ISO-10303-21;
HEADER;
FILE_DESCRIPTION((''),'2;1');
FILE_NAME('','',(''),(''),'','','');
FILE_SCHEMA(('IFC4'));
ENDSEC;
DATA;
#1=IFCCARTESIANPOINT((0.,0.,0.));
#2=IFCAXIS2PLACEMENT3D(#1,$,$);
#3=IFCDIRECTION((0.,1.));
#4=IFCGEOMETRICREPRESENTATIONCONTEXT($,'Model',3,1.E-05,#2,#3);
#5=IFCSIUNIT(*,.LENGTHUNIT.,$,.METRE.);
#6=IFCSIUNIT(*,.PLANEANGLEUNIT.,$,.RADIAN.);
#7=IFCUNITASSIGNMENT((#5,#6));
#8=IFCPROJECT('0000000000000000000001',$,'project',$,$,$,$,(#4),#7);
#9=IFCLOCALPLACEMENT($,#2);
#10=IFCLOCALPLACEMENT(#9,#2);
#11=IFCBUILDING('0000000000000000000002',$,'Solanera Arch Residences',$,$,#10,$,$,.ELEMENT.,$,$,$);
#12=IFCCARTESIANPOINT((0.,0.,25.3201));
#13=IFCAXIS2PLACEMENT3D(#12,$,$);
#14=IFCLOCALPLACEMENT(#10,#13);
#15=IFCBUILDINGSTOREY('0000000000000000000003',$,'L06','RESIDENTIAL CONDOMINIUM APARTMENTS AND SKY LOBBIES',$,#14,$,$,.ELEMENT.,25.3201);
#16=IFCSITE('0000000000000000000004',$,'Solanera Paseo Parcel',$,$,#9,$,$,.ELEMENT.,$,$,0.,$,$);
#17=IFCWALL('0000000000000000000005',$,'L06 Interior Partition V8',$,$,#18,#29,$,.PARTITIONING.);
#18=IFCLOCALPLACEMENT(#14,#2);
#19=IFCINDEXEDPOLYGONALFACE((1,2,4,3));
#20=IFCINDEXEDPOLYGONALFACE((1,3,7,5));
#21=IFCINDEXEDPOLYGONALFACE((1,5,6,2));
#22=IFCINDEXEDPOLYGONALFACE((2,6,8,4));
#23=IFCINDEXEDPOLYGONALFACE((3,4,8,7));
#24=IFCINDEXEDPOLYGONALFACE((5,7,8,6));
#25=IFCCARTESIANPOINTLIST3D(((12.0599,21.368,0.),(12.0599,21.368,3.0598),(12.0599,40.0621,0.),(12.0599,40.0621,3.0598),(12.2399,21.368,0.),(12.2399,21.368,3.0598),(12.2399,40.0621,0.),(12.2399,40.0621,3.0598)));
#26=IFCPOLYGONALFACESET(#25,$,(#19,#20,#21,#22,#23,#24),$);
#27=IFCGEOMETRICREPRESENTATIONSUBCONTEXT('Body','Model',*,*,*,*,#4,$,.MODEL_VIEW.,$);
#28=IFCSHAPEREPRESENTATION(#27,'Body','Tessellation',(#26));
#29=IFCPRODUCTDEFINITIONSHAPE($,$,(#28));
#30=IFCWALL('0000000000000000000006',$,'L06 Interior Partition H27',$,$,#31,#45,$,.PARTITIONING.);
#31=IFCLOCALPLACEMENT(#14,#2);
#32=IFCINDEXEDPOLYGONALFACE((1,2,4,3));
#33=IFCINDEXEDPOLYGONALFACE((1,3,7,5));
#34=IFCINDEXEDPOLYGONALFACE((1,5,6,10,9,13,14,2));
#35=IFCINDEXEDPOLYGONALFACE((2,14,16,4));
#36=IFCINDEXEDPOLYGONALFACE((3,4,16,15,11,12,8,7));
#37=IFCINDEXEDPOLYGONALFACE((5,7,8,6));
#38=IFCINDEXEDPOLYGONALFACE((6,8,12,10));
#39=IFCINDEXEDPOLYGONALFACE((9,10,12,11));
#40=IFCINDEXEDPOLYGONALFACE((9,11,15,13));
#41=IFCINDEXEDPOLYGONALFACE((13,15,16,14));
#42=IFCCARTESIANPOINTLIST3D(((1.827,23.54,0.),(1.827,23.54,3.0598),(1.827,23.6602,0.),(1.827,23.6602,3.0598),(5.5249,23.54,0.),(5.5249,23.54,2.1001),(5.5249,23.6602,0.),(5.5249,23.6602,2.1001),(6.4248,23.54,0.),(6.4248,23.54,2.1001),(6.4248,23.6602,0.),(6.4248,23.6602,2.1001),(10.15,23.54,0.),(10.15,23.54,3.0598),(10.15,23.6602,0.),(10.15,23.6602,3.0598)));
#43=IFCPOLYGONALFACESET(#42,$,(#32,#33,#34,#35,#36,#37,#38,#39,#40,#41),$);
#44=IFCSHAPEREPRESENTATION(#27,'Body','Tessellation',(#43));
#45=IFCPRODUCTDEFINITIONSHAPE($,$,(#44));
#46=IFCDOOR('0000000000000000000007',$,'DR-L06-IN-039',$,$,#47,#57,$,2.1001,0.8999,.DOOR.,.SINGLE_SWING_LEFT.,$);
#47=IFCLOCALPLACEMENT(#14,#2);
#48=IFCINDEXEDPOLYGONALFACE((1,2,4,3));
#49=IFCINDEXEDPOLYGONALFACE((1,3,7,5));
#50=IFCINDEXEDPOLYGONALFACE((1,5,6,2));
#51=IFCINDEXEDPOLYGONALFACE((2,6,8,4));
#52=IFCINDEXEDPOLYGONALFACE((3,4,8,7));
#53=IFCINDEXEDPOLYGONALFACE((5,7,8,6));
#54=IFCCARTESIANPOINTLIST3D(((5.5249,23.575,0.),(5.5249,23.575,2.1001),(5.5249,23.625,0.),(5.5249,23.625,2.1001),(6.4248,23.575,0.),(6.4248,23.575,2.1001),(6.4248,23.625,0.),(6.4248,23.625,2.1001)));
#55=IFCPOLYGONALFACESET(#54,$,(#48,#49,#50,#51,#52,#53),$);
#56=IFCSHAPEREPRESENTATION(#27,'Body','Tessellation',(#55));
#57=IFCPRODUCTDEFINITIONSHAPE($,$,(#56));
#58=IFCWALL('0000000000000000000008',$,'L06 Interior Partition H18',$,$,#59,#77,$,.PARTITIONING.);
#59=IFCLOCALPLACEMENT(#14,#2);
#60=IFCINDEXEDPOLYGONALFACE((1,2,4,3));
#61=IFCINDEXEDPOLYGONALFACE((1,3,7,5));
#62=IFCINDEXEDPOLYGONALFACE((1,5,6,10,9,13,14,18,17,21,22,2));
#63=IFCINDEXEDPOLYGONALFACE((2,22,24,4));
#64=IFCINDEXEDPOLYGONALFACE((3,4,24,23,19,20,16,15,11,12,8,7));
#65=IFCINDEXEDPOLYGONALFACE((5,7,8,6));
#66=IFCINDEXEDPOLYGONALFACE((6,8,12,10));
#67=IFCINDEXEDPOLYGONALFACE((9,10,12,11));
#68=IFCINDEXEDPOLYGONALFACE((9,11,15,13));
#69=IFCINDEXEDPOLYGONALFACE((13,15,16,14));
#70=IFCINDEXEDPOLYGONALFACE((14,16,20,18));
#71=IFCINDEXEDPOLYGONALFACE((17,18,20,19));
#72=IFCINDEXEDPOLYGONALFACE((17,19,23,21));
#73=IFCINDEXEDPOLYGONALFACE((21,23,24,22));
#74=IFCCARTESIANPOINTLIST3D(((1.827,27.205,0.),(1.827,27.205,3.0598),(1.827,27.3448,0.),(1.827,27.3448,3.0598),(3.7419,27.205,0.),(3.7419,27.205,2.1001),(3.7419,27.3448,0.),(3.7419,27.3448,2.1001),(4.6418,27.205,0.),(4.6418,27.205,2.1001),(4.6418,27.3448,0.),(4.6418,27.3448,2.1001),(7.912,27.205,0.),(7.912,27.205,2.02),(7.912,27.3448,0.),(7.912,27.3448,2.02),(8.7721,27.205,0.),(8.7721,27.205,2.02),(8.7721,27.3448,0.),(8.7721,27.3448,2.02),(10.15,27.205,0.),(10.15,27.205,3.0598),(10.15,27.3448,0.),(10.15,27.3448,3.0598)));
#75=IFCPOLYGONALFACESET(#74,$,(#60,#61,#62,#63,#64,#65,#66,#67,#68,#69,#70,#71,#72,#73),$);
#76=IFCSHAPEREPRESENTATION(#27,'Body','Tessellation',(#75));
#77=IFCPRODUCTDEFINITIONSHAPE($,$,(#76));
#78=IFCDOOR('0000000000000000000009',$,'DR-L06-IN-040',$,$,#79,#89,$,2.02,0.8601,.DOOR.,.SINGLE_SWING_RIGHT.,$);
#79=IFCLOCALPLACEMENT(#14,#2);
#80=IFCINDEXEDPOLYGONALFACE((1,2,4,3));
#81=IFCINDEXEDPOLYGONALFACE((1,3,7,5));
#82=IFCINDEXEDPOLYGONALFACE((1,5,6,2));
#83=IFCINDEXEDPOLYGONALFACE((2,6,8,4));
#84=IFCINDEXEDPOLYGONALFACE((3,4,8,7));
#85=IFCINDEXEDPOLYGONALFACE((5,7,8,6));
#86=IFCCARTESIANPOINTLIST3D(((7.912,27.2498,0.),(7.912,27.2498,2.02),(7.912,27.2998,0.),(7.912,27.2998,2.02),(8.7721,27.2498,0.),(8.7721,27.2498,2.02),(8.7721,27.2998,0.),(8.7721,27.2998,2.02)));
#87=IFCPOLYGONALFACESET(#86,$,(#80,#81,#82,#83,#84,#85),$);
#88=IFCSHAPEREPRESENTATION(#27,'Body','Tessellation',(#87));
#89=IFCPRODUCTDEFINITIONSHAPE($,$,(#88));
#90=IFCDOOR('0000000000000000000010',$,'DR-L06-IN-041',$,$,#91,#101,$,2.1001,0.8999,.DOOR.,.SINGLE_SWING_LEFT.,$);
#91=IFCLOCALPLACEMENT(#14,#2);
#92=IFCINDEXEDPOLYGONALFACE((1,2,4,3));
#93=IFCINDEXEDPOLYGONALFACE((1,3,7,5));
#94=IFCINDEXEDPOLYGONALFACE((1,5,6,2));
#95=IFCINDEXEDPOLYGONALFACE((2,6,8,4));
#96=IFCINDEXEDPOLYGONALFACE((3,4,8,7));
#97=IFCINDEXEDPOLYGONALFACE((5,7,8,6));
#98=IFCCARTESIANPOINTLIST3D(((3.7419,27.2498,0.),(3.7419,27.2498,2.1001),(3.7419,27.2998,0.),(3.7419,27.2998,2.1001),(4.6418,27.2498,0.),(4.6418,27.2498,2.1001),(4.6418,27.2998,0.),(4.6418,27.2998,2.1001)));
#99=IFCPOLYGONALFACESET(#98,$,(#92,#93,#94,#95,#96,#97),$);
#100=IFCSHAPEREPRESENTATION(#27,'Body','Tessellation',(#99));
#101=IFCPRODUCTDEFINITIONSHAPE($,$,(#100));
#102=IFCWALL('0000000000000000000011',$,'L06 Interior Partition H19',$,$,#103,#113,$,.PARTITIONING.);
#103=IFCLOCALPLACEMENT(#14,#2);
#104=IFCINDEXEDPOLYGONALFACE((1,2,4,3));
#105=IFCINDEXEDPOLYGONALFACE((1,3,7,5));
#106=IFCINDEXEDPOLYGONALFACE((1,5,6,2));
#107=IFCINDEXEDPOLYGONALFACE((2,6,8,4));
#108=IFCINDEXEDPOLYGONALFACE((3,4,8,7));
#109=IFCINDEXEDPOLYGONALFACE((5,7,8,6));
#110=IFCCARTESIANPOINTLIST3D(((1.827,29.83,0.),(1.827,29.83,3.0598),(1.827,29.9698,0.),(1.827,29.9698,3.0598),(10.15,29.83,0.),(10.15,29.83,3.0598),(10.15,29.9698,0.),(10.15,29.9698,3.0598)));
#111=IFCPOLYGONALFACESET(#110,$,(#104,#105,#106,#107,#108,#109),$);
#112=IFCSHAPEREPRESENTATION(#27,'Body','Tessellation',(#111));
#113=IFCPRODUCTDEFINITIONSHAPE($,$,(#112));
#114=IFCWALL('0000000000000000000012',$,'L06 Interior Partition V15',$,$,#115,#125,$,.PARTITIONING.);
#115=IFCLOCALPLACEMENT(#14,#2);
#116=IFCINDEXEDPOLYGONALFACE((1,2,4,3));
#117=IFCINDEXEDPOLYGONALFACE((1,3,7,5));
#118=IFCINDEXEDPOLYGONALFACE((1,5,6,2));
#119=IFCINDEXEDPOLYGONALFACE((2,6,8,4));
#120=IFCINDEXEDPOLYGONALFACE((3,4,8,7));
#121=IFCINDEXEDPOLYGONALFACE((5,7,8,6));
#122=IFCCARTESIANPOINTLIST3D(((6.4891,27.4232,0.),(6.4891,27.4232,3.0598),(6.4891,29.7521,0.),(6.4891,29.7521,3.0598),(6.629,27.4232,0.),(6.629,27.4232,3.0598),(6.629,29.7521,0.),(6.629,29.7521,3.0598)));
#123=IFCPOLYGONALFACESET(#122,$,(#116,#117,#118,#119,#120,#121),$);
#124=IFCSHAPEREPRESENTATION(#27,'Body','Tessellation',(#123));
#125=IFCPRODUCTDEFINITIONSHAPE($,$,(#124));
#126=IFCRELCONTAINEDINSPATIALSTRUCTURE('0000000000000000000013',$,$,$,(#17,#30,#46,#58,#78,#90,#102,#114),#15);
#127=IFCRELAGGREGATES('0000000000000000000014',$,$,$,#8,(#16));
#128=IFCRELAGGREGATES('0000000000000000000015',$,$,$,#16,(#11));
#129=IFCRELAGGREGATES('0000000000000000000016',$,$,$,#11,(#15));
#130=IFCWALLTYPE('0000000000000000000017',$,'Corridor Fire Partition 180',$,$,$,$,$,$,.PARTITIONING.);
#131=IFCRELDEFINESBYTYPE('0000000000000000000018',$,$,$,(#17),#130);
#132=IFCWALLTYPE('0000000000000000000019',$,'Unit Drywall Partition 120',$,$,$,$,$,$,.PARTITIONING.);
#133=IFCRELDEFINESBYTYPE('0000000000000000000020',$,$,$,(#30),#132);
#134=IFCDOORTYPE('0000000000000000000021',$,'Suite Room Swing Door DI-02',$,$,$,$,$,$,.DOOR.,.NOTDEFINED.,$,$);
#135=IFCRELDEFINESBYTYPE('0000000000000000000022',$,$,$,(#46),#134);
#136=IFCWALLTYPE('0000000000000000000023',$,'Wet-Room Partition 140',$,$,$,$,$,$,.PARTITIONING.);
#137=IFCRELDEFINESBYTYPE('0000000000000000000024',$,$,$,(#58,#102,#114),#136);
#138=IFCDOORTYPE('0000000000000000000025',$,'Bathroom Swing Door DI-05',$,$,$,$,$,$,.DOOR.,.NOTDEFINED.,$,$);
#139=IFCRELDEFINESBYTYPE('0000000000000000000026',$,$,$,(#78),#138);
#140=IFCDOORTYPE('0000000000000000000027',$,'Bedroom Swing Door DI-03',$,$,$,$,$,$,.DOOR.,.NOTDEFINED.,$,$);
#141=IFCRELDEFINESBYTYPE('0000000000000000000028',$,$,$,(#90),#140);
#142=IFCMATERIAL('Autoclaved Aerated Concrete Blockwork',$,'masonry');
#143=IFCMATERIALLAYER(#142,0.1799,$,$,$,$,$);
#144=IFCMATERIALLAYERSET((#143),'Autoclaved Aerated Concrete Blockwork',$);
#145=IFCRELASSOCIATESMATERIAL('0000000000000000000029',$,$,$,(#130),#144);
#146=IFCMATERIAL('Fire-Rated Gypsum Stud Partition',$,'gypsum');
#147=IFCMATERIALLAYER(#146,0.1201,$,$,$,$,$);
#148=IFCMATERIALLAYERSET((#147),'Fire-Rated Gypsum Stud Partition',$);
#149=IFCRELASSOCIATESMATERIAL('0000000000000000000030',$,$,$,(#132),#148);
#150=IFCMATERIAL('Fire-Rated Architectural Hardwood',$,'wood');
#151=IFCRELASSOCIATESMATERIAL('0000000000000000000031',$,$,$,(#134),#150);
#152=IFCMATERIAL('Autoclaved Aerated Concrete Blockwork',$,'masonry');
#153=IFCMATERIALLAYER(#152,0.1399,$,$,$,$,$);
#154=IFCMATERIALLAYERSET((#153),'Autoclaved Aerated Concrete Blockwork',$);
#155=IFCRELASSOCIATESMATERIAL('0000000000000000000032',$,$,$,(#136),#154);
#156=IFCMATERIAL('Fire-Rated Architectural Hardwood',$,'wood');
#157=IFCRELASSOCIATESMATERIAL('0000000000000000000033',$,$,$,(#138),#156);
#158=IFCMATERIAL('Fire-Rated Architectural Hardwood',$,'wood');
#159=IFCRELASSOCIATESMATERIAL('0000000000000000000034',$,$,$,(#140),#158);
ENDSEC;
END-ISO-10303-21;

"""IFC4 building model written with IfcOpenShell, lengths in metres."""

from ifc_helpers import new_model, si_unit, direction, frame, frame_2d, origin, place, context, subcontext, project, spatial, rectangle, extrude, material, layer, layer_set, type_object, element, fill, save


model = new_model("IFC4")

# Units and contexts
model_context = context("Model", 3, precision=1e-05, world=origin(), true_north=direction((0.0, 1.0)))
body_context = subcontext(model_context, "Body", "Model", "MODEL_VIEW")
ifc_project = project(units=[si_unit("LENGTHUNIT", "METRE"), si_unit("PLANEANGLEUNIT", "RADIAN")], contexts=[model_context])

# Site, building, storey
site_placement = place(None, origin())
site = spatial("IfcSite", under=ifc_project, at=site_placement, Name="Solanera Paseo Parcel", CompositionType="ELEMENT", RefElevation=0.0)
building_placement = place(site_placement, origin())
building = spatial("IfcBuilding", under=site, at=building_placement, Name="Solanera Arch Residences", CompositionType="ELEMENT")
storey_placement = place(building_placement, frame((0.0, 0.0, 25.3201)))
storey = spatial("IfcBuildingStorey", under=building, at=storey_placement, Name="L06", Description="RESIDENTIAL CONDOMINIUM APARTMENTS AND SKY LOBBIES", CompositionType="ELEMENT", Elevation=25.3201)

# Shared definitions
ifc_material_1 = material(Name="Autoclaved Aerated Concrete Blockwork", Category="masonry")
ifc_layer_1 = layer(ifc_material_1, 0.1799)
ifc_layer_set_1 = layer_set([ifc_layer_1], Name="Autoclaved Aerated Concrete Blockwork")
wall_type_1 = type_object("IfcWallType", Name="Corridor Fire Partition 180", PredefinedType="PARTITIONING", material=ifc_layer_set_1)

# Wall
wall_1_placement = place(storey_placement, frame((12.1499, 21.3679, 0.0), z_axis=(0.0, 0.0, 1.0), x_axis=(0.0, 1.0, 0.0)))
element("IfcWall", 1, at=wall_1_placement, inside=storey, type_object=wall_type_1, Name="L06 Interior Partition V8", PredefinedType="PARTITIONING", context=body_context, shape_type="SweptSolid", body=[
    extrude(rectangle(XDim=18.6941, YDim=0.1799, at=frame_2d((9.3472, 0.0))), origin(), (0.0, 0.0, 1.0), 3.0598),
])

# Wall, opening, door
ifc_material_2 = material(Name="Fire-Rated Gypsum Stud Partition", Category="gypsum")
ifc_layer_2 = layer(ifc_material_2, 0.1201)
ifc_layer_set_2 = layer_set([ifc_layer_2], Name="Fire-Rated Gypsum Stud Partition")
wall_type_2 = type_object("IfcWallType", Name="Unit Drywall Partition 120", PredefinedType="PARTITIONING", material=ifc_layer_set_2)
wall_2_placement = place(storey_placement, frame((1.8269, 23.6001, 0.0), z_axis=(0.0, 0.0, 1.0), x_axis=(1.0, 0.0, 0.0)))
wall_2 = element("IfcWall", 2, at=wall_2_placement, inside=storey, type_object=wall_type_2, Name="L06 Interior Partition H27", PredefinedType="PARTITIONING", context=body_context, shape_type="SweptSolid", body=[
    extrude(rectangle(XDim=8.323, YDim=0.1201, at=frame_2d((4.1616, 0.0))), origin(), (0.0, 0.0, 1.0), 3.0598),
])
opening_1_placement = place(wall_2_placement, frame((3.698, 0.0, 0.0)))
opening_1 = element("IfcOpeningElement", 3, at=opening_1_placement, cuts=wall_2, PredefinedType="OPENING", context=body_context, shape_type="SweptSolid", body=[
    extrude(rectangle(XDim=0.8999, YDim=2.1001, at=frame_2d((0.45, 1.05))), frame((0.0, 0.0701, 0.0), z_axis=(0.0, -1.0, 0.0), x_axis=(1.0, 0.0, 0.0)), (0.0, 0.0, 1.0), 0.1401),
])
ifc_material_3 = material(Name="Fire-Rated Architectural Hardwood", Category="wood")
door_type_1 = type_object("IfcDoorType", Name="Suite Room Swing Door DI-02", OperationType="NOTDEFINED", PredefinedType="DOOR", material=ifc_material_3)
door_1_placement = place(opening_1_placement, origin())
door_1 = element("IfcDoor", 4, at=door_1_placement, inside=storey, type_object=door_type_1, Name="DR-L06-IN-039", OperationType="SINGLE_SWING_LEFT", OverallHeight=2.1001, OverallWidth=0.8999, PredefinedType="DOOR", context=body_context, shape_type="SweptSolid", body=[
    extrude(rectangle(XDim=0.8999, YDim=2.1001, at=frame_2d((0.45, 1.05))), frame((0.0, 0.0249, 0.0), z_axis=(0.0, -1.0, 0.0), x_axis=(1.0, 0.0, 0.0)), (0.0, 0.0, 1.0), 0.05),
])
fill(opening_1, door_1)

# Wall, openings, doors
ifc_material_4 = material(Name="Autoclaved Aerated Concrete Blockwork", Category="masonry")
ifc_layer_3 = layer(ifc_material_4, 0.1399)
ifc_layer_set_3 = layer_set([ifc_layer_3], Name="Autoclaved Aerated Concrete Blockwork")
wall_type_3 = type_object("IfcWallType", Name="Wet-Room Partition 140", PredefinedType="PARTITIONING", material=ifc_layer_set_3)
wall_3_placement = place(storey_placement, frame((1.8269, 27.2749, 0.0), z_axis=(0.0, 0.0, 1.0), x_axis=(1.0, 0.0, 0.0)))
wall_3 = element("IfcWall", 5, at=wall_3_placement, inside=storey, type_object=wall_type_3, Name="L06 Interior Partition H18", PredefinedType="PARTITIONING", context=body_context, shape_type="SweptSolid", body=[
    extrude(rectangle(XDim=8.323, YDim=0.1399, at=frame_2d((4.1616, 0.0))), origin(), (0.0, 0.0, 1.0), 3.0598),
])
opening_2_placement = place(wall_3_placement, frame((6.085, 0.0, 0.0)))
opening_2 = element("IfcOpeningElement", 6, at=opening_2_placement, cuts=wall_3, PredefinedType="OPENING", context=body_context, shape_type="SweptSolid", body=[
    extrude(rectangle(XDim=0.8601, YDim=2.02, at=frame_2d((0.4302, 1.01))), frame((0.0, 0.0798, 0.0), z_axis=(0.0, -1.0, 0.0), x_axis=(1.0, 0.0, 0.0)), (0.0, 0.0, 1.0), 0.1599),
])
opening_3_placement = place(wall_3_placement, frame((1.915, 0.0, 0.0)))
opening_3 = element("IfcOpeningElement", 7, at=opening_3_placement, cuts=wall_3, PredefinedType="OPENING", context=body_context, shape_type="SweptSolid", body=[
    extrude(rectangle(XDim=0.8999, YDim=2.1001, at=frame_2d((0.45, 1.05))), frame((0.0, 0.0798, 0.0), z_axis=(0.0, -1.0, 0.0), x_axis=(1.0, 0.0, 0.0)), (0.0, 0.0, 1.0), 0.1599),
])
ifc_material_5 = material(Name="Fire-Rated Architectural Hardwood", Category="wood")
door_type_2 = type_object("IfcDoorType", Name="Bathroom Swing Door DI-05", OperationType="NOTDEFINED", PredefinedType="DOOR", material=ifc_material_5)
door_2_placement = place(opening_2_placement, origin())
door_2 = element("IfcDoor", 8, at=door_2_placement, inside=storey, type_object=door_type_2, Name="DR-L06-IN-040", OperationType="SINGLE_SWING_RIGHT", OverallHeight=2.02, OverallWidth=0.8601, PredefinedType="DOOR", context=body_context, shape_type="SweptSolid", body=[
    extrude(rectangle(XDim=0.8601, YDim=2.02, at=frame_2d((0.4302, 1.01))), frame((0.0, 0.0249, 0.0), z_axis=(0.0, -1.0, 0.0), x_axis=(1.0, 0.0, 0.0)), (0.0, 0.0, 1.0), 0.05),
])
fill(opening_2, door_2)
ifc_material_6 = material(Name="Fire-Rated Architectural Hardwood", Category="wood")
door_type_3 = type_object("IfcDoorType", Name="Bedroom Swing Door DI-03", OperationType="NOTDEFINED", PredefinedType="DOOR", material=ifc_material_6)
door_3_placement = place(opening_3_placement, origin())
door_3 = element("IfcDoor", 9, at=door_3_placement, inside=storey, type_object=door_type_3, Name="DR-L06-IN-041", OperationType="SINGLE_SWING_LEFT", OverallHeight=2.1001, OverallWidth=0.8999, PredefinedType="DOOR", context=body_context, shape_type="SweptSolid", body=[
    extrude(rectangle(XDim=0.8999, YDim=2.1001, at=frame_2d((0.45, 1.05))), frame((0.0, 0.0249, 0.0), z_axis=(0.0, -1.0, 0.0), x_axis=(1.0, 0.0, 0.0)), (0.0, 0.0, 1.0), 0.05),
])
fill(opening_3, door_3)

# Walls
wall_4_placement = place(storey_placement, frame((1.8269, 29.8999, 0.0), z_axis=(0.0, 0.0, 1.0), x_axis=(1.0, 0.0, 0.0)))
element("IfcWall", 10, at=wall_4_placement, inside=storey, type_object=wall_type_3, Name="L06 Interior Partition H19", PredefinedType="PARTITIONING", context=body_context, shape_type="SweptSolid", body=[
    extrude(rectangle(XDim=8.323, YDim=0.1399, at=frame_2d((4.1616, 0.0))), origin(), (0.0, 0.0, 1.0), 3.0598),
])
wall_5_placement = place(storey_placement, frame((6.5591, 27.4231, 0.0), z_axis=(0.0, 0.0, 1.0), x_axis=(0.0, 1.0, 0.0)))
element("IfcWall", 11, at=wall_5_placement, inside=storey, type_object=wall_type_3, Name="L06 Interior Partition V15", PredefinedType="PARTITIONING", context=body_context, shape_type="SweptSolid", body=[
    extrude(rectangle(XDim=2.3289, YDim=0.1399, at=frame_2d((1.1646, 0.0))), origin(), (0.0, 0.0, 1.0), 3.0598),
])

save(model, "model.ifc")
